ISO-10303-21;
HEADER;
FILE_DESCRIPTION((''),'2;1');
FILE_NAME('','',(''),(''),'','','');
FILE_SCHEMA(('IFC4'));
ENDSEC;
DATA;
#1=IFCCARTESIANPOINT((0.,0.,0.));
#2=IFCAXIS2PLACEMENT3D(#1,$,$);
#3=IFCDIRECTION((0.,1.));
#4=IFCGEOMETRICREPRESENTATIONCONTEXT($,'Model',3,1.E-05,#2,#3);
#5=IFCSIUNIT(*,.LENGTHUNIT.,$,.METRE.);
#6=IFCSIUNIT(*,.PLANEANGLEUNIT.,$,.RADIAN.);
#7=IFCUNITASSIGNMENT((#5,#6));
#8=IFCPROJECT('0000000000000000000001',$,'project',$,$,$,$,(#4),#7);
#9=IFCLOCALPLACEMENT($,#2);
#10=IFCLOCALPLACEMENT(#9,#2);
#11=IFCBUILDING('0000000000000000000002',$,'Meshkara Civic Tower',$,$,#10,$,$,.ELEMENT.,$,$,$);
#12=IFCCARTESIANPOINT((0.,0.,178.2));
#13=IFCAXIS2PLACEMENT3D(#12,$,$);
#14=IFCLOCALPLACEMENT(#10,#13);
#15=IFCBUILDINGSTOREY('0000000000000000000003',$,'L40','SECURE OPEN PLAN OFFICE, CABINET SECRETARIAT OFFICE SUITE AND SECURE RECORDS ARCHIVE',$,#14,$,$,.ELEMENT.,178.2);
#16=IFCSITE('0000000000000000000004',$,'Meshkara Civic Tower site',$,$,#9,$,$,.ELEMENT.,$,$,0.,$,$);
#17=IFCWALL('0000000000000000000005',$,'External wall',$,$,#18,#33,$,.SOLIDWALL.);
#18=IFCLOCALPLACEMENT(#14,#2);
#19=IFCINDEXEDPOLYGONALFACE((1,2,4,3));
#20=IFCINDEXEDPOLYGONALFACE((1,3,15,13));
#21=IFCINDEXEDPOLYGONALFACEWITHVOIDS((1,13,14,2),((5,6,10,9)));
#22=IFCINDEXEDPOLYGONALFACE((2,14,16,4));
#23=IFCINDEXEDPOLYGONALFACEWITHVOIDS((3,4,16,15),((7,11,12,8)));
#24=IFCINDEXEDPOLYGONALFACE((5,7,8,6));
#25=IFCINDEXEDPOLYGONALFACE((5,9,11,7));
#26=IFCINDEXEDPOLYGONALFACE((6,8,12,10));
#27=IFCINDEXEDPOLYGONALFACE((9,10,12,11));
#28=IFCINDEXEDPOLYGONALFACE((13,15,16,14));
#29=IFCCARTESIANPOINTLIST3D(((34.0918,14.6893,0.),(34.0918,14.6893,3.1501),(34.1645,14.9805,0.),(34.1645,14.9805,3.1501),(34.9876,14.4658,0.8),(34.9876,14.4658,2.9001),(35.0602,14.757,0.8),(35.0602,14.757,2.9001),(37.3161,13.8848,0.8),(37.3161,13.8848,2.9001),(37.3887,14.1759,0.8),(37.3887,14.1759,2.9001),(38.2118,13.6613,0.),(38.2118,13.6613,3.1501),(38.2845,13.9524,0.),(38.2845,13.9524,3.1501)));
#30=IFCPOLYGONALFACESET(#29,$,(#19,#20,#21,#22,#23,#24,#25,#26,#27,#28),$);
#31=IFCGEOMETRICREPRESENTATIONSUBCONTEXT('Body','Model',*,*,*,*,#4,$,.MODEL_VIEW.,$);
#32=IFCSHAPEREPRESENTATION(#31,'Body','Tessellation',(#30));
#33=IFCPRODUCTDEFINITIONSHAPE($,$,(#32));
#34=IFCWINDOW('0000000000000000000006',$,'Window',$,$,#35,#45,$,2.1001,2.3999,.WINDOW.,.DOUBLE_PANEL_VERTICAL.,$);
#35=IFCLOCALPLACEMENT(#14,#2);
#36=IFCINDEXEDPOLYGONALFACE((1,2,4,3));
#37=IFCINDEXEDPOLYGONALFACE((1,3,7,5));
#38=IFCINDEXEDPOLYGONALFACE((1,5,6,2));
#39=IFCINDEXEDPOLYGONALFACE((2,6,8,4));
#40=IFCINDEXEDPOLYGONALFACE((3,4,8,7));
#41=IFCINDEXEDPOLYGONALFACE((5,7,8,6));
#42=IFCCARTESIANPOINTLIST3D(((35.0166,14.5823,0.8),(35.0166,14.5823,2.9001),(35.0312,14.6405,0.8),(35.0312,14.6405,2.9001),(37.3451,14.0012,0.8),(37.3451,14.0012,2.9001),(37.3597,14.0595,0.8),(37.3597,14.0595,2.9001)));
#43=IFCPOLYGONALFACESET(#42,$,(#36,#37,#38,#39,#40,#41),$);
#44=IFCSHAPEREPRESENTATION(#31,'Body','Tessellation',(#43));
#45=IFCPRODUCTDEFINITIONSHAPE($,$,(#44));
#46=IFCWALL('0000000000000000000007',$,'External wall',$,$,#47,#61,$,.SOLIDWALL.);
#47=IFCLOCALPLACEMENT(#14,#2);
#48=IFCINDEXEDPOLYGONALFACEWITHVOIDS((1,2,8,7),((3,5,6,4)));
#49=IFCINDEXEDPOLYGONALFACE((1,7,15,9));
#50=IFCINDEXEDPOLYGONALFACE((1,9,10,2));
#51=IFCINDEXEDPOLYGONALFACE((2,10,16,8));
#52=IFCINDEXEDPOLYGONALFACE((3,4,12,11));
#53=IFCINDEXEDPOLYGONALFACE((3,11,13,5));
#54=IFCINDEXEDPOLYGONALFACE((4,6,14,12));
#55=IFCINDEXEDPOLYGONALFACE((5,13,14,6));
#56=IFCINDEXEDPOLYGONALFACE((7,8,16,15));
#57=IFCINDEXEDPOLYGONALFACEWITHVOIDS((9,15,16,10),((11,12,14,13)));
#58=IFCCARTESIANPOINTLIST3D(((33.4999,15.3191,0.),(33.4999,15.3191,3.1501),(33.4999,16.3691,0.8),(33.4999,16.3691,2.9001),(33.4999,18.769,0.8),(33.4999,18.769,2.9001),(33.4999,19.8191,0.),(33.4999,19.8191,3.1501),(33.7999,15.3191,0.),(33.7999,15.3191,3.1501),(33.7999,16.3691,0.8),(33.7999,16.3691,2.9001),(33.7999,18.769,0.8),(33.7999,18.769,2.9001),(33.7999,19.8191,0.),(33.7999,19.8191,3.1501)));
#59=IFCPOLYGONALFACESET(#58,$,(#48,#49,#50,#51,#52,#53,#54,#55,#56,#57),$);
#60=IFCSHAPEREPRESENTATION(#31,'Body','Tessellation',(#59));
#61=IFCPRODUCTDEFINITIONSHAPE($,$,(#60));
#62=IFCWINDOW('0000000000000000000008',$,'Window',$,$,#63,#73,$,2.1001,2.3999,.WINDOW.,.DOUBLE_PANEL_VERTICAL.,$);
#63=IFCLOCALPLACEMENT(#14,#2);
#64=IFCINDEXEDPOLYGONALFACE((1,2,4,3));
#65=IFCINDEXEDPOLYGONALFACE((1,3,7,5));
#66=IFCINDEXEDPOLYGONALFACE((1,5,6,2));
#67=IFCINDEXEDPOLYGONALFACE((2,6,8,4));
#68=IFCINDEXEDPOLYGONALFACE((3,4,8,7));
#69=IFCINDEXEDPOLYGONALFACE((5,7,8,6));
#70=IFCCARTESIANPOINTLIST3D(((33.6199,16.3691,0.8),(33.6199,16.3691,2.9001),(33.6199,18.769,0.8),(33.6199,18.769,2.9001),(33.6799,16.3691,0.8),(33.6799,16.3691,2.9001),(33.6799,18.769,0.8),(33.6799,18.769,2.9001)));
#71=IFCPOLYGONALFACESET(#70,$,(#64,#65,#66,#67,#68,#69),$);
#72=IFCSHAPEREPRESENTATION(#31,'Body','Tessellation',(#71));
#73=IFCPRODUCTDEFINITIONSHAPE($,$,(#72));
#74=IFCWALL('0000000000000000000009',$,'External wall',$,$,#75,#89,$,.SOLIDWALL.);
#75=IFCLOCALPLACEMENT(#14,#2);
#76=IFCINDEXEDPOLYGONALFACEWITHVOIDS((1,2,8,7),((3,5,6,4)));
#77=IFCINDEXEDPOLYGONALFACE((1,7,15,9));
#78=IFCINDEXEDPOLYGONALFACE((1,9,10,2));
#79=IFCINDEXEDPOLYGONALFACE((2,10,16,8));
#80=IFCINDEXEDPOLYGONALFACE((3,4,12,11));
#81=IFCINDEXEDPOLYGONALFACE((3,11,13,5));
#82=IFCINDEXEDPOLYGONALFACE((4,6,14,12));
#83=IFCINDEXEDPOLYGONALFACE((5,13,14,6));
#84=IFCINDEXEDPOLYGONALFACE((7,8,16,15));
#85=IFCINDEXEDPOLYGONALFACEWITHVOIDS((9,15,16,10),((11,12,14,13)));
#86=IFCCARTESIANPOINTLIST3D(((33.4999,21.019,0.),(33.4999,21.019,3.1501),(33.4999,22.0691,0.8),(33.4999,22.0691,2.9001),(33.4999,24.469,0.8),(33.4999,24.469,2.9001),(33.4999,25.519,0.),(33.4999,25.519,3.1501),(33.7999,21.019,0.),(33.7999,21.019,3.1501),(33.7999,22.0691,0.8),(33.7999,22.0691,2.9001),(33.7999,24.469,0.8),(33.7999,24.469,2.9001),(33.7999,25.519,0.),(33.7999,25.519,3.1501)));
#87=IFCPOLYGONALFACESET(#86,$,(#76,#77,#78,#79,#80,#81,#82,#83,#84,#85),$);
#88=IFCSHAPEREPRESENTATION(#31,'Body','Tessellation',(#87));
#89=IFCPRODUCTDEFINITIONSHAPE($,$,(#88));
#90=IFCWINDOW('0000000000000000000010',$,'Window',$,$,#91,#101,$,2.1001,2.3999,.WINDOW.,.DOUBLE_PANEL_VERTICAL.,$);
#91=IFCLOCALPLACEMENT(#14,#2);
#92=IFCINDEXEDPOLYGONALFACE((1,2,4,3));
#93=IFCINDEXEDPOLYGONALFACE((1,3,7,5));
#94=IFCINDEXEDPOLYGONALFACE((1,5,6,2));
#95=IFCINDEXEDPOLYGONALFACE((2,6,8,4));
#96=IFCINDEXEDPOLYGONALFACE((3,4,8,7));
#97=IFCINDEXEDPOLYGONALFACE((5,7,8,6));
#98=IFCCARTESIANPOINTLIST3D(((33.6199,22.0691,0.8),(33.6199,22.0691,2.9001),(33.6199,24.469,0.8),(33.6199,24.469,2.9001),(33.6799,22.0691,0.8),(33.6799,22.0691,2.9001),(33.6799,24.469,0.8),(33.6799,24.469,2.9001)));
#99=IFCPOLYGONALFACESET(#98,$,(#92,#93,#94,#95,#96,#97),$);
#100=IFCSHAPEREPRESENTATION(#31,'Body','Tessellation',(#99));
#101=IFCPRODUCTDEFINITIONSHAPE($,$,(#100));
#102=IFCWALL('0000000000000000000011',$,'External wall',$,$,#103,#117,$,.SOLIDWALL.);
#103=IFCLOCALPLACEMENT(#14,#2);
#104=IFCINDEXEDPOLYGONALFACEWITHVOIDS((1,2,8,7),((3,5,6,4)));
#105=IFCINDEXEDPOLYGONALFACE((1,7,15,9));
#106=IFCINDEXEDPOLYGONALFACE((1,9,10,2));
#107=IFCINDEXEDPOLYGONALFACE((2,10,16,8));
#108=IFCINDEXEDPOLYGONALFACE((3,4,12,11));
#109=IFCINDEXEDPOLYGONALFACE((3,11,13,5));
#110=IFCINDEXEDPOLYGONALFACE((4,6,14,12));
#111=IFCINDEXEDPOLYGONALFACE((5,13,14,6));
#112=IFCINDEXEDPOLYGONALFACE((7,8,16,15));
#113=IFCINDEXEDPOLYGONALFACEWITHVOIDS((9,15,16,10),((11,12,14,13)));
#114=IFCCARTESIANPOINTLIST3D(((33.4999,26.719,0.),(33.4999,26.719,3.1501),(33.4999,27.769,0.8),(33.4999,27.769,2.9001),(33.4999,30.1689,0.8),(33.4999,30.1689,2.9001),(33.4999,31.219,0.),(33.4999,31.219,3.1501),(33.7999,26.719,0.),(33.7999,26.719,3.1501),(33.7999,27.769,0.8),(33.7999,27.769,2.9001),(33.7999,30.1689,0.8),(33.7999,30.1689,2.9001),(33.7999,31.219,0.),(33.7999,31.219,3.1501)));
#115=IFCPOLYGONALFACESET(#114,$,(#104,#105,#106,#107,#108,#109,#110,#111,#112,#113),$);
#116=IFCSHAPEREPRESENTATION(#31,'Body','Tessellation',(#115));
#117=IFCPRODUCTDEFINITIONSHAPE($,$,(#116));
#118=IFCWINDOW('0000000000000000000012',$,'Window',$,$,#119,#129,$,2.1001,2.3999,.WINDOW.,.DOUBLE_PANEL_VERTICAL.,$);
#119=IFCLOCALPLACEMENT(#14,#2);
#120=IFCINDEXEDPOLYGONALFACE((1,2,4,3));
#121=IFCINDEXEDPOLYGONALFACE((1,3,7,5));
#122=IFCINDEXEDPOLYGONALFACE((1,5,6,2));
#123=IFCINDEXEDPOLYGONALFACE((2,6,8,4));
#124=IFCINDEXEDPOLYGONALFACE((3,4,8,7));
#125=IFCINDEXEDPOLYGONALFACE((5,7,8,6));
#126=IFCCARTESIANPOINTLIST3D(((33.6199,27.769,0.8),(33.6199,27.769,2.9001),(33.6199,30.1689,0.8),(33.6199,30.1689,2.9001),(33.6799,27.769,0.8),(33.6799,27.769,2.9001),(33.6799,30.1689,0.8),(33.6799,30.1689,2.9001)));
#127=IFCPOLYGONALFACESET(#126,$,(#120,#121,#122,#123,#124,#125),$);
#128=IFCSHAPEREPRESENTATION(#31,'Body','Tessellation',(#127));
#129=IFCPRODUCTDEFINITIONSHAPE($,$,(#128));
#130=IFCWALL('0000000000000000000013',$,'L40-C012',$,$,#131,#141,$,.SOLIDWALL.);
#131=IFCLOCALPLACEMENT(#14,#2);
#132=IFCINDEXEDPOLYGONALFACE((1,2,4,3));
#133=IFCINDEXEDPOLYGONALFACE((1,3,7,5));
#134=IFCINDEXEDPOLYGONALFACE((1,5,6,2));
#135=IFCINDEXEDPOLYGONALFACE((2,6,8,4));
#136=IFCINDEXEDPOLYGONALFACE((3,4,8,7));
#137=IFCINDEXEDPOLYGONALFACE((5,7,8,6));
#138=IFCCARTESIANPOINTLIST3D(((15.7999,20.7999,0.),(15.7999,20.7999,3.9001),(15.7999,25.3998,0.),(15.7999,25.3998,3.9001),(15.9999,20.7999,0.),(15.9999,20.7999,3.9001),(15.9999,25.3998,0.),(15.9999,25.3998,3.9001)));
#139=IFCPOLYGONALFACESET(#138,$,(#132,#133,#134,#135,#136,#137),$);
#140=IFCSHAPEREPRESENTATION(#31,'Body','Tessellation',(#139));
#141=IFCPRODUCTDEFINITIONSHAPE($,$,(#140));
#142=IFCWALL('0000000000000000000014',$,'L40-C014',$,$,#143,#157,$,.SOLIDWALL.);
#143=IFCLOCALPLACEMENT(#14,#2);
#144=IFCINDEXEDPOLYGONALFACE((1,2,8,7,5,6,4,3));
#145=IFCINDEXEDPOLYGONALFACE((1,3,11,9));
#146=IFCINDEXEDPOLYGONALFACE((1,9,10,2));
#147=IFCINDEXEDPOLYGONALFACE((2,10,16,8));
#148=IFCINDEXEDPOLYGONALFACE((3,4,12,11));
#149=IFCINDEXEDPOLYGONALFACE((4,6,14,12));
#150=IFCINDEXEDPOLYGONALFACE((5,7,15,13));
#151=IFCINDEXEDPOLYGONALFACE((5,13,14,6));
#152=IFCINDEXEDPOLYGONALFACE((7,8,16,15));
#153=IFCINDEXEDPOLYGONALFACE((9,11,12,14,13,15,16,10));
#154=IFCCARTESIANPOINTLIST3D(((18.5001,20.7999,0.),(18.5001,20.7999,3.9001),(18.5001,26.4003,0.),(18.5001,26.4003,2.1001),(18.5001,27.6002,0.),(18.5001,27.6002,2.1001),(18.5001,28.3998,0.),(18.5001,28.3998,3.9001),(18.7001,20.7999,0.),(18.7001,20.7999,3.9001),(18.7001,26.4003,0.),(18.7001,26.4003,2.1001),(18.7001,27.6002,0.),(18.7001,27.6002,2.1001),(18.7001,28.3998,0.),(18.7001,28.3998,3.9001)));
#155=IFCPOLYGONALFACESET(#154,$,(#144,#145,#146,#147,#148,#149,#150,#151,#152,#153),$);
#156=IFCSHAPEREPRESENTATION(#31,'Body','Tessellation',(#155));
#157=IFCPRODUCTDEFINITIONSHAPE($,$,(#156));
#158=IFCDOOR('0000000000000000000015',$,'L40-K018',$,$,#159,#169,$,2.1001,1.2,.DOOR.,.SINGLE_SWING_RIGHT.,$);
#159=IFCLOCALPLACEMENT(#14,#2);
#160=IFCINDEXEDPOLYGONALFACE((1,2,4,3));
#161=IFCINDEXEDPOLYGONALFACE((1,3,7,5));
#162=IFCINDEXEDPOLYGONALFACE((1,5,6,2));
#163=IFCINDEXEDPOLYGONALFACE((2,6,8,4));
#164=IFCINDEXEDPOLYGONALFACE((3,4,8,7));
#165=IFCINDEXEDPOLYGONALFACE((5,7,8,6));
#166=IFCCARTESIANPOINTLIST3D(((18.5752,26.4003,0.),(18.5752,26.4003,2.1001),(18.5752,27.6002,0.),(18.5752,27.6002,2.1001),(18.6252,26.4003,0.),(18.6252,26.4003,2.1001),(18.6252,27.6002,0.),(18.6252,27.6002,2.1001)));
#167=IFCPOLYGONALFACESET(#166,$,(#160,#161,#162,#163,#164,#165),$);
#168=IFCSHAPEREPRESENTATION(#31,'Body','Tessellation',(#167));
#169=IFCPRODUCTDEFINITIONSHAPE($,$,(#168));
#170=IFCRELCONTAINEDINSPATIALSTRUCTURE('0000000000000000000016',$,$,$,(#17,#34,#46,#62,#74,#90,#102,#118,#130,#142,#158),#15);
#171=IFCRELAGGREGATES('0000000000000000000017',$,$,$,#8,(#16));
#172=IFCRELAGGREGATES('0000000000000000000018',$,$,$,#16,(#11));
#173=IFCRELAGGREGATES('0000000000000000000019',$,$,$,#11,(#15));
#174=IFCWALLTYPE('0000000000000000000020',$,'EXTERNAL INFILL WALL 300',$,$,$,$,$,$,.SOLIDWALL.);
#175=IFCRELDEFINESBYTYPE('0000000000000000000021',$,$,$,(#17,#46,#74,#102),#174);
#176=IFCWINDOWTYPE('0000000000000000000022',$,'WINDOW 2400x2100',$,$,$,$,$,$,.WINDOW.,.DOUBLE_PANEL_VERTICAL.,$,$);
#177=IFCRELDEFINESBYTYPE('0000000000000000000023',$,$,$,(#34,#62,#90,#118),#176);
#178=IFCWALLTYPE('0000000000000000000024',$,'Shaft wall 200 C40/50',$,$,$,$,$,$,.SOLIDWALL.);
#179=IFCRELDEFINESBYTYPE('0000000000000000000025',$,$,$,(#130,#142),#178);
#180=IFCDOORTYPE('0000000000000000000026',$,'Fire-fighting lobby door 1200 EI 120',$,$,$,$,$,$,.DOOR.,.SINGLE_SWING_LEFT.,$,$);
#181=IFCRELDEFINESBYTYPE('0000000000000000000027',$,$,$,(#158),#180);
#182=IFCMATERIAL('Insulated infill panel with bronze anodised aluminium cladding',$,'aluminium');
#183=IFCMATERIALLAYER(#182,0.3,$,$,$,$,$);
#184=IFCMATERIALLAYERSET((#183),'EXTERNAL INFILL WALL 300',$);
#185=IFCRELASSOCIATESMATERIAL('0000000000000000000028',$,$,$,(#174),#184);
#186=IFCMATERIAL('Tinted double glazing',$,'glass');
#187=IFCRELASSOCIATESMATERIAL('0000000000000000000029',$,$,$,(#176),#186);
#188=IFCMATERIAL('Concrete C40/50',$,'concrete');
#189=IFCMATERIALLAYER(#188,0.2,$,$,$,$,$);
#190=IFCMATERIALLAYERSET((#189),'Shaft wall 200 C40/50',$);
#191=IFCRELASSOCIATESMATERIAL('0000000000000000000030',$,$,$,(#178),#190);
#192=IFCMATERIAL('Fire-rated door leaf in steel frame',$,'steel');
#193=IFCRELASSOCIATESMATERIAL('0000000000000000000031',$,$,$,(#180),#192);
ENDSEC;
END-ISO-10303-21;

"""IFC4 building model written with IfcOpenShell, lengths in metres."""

from ifc_helpers import new_model, si_unit, direction, frame, frame_2d, origin, place, context, subcontext, project, spatial, rectangle, extrude, material, layer, layer_set, type_object, element, fill, save


model = new_model("IFC4")

# Units and contexts
model_context = context("Model", 3, precision=1e-05, world=origin(), true_north=direction((0.0, 1.0)))
body_context = subcontext(model_context, "Body", "Model", "MODEL_VIEW")
ifc_project = project(units=[si_unit("LENGTHUNIT", "METRE"), si_unit("PLANEANGLEUNIT", "RADIAN")], contexts=[model_context])

# Site, building, storey
site_placement = place(None, origin())
site = spatial("IfcSite", under=ifc_project, at=site_placement, Name="Meshkara Civic Tower site", CompositionType="ELEMENT", RefElevation=0.0)
building_placement = place(site_placement, origin())
building = spatial("IfcBuilding", under=site, at=building_placement, Name="Meshkara Civic Tower", CompositionType="ELEMENT")
storey_placement = place(building_placement, frame((0.0, 0.0, 178.2)))
storey = spatial("IfcBuildingStorey", under=building, at=storey_placement, Name="L40", Description="SECURE OPEN PLAN OFFICE, CABINET SECRETARIAT OFFICE SUITE AND SECURE RECORDS ARCHIVE", CompositionType="ELEMENT", Elevation=178.2)

# Walls, openings, windows
ifc_material_1 = material(Name="Insulated infill panel with bronze anodised aluminium cladding", Category="aluminium")
ifc_layer_1 = layer(ifc_material_1, 0.3)
ifc_layer_set_1 = layer_set([ifc_layer_1], Name="EXTERNAL INFILL WALL 300")
wall_type_1 = type_object("IfcWallType", Name="EXTERNAL INFILL WALL 300", PredefinedType="SOLIDWALL", material=ifc_layer_set_1)
wall_1_placement = place(storey_placement, frame((38.248, 13.8069, 0.0), z_axis=(0.0, 0.0, 1.0), x_axis=(-0.970251, 0.242103, 0.0)))
wall_1 = element("IfcWall", 1, at=wall_1_placement, inside=storey, type_object=wall_type_1, Name="External wall", PredefinedType="SOLIDWALL", context=body_context, shape_type="SweptSolid", body=[
    extrude(rectangle(XDim=4.2463, YDim=0.3, at=frame_2d((2.123, 0.0))), origin(), (0.0, 0.0, 1.0), 3.1501),
])
opening_1_placement = place(wall_1_placement, frame((0.9231, 0.0, 0.8)))
opening_1 = element("IfcOpeningElement", 2, at=opening_1_placement, cuts=wall_1, PredefinedType="OPENING", context=body_context, shape_type="SweptSolid", body=[
    extrude(rectangle(XDim=2.3999, YDim=2.1001, at=frame_2d((1.2, 1.05))), frame((0.0, 0.1599, 0.0), z_axis=(0.0, -1.0, 0.0), x_axis=(1.0, 0.0, 0.0)), (0.0, 0.0, 1.0), 0.3201),
])
ifc_material_2 = material(Name="Tinted double glazing", Category="glass")
window_type = type_object("IfcWindowType", Name="WINDOW 2400x2100", PartitioningType="DOUBLE_PANEL_VERTICAL", PredefinedType="WINDOW", material=ifc_material_2)
window_1_placement = place(opening_1_placement, origin())
window_1 = element("IfcWindow", 3, at=window_1_placement, inside=storey, type_object=window_type, Name="Window", OverallHeight=2.1001, OverallWidth=2.3999, PartitioningType="DOUBLE_PANEL_VERTICAL", PredefinedType="WINDOW", context=body_context, shape_type="SweptSolid", body=[
    extrude(rectangle(XDim=2.3999, YDim=2.1001, at=frame_2d((1.2, 1.05))), frame((0.0, 0.03, 0.0), z_axis=(0.0, -1.0, 0.0), x_axis=(1.0, 0.0, 0.0)), (0.0, 0.0, 1.0), 0.0601),
])
fill(opening_1, window_1)
wall_2_placement = place(storey_placement, frame((33.6499, 15.3191, 0.0), z_axis=(0.0, 0.0, 1.0), x_axis=(0.0, 1.0, 0.0)))
wall_2 = element("IfcWall", 4, at=wall_2_placement, inside=storey, type_object=wall_type_1, Name="External wall", PredefinedType="SOLIDWALL", context=body_context, shape_type="SweptSolid", body=[
    extrude(rectangle(XDim=4.5, YDim=0.3, at=frame_2d((2.25, 0.0))), origin(), (0.0, 0.0, 1.0), 3.1501),
])
opening_2_placement = place(wall_2_placement, frame((1.05, 0.0, 0.8)))
opening_2 = element("IfcOpeningElement", 5, at=opening_2_placement, cuts=wall_2, PredefinedType="OPENING", context=body_context, shape_type="SweptSolid", body=[
    extrude(rectangle(XDim=2.3999, YDim=2.1001, at=frame_2d((1.2, 1.05))), frame((0.0, 0.1599, 0.0), z_axis=(0.0, -1.0, 0.0), x_axis=(1.0, 0.0, 0.0)), (0.0, 0.0, 1.0), 0.3201),
])
window_2_placement = place(opening_2_placement, origin())
window_2 = element("IfcWindow", 6, at=window_2_placement, inside=storey, type_object=window_type, Name="Window", OverallHeight=2.1001, OverallWidth=2.3999, PartitioningType="DOUBLE_PANEL_VERTICAL", PredefinedType="WINDOW", context=body_context, shape_type="SweptSolid", body=[
    extrude(rectangle(XDim=2.3999, YDim=2.1001, at=frame_2d((1.2, 1.05))), frame((0.0, 0.03, 0.0), z_axis=(0.0, -1.0, 0.0), x_axis=(1.0, 0.0, 0.0)), (0.0, 0.0, 1.0), 0.0601),
])
fill(opening_2, window_2)
wall_3_placement = place(storey_placement, frame((33.6499, 21.019, 0.0), z_axis=(0.0, 0.0, 1.0), x_axis=(0.0, 1.0, 0.0)))
wall_3 = element("IfcWall", 7, at=wall_3_placement, inside=storey, type_object=wall_type_1, Name="External wall", PredefinedType="SOLIDWALL", context=body_context, shape_type="SweptSolid", body=[
    extrude(rectangle(XDim=4.5, YDim=0.3, at=frame_2d((2.25, 0.0))), origin(), (0.0, 0.0, 1.0), 3.1501),
])
opening_3_placement = place(wall_3_placement, frame((1.05, 0.0, 0.8)))
opening_3 = element("IfcOpeningElement", 8, at=opening_3_placement, cuts=wall_3, PredefinedType="OPENING", context=body_context, shape_type="SweptSolid", body=[
    extrude(rectangle(XDim=2.3999, YDim=2.1001, at=frame_2d((1.2, 1.05))), frame((0.0, 0.1599, 0.0), z_axis=(0.0, -1.0, 0.0), x_axis=(1.0, 0.0, 0.0)), (0.0, 0.0, 1.0), 0.3201),
])
window_3_placement = place(opening_3_placement, origin())
window_3 = element("IfcWindow", 9, at=window_3_placement, inside=storey, type_object=window_type, Name="Window", OverallHeight=2.1001, OverallWidth=2.3999, PartitioningType="DOUBLE_PANEL_VERTICAL", PredefinedType="WINDOW", context=body_context, shape_type="SweptSolid", body=[
    extrude(rectangle(XDim=2.3999, YDim=2.1001, at=frame_2d((1.2, 1.05))), frame((0.0, 0.03, 0.0), z_axis=(0.0, -1.0, 0.0), x_axis=(1.0, 0.0, 0.0)), (0.0, 0.0, 1.0), 0.0601),
])
fill(opening_3, window_3)
wall_4_placement = place(storey_placement, frame((33.6499, 26.719, 0.0), z_axis=(0.0, 0.0, 1.0), x_axis=(0.0, 1.0, 0.0)))
wall_4 = element("IfcWall", 10, at=wall_4_placement, inside=storey, type_object=wall_type_1, Name="External wall", PredefinedType="SOLIDWALL", context=body_context, shape_type="SweptSolid", body=[
    extrude(rectangle(XDim=4.5, YDim=0.3, at=frame_2d((2.25, 0.0))), origin(), (0.0, 0.0, 1.0), 3.1501),
])
opening_4_placement = place(wall_4_placement, frame((1.05, 0.0, 0.8)))
opening_4 = element("IfcOpeningElement", 11, at=opening_4_placement, cuts=wall_4, PredefinedType="OPENING", context=body_context, shape_type="SweptSolid", body=[
    extrude(rectangle(XDim=2.3999, YDim=2.1001, at=frame_2d((1.2, 1.05))), frame((0.0, 0.1599, 0.0), z_axis=(0.0, -1.0, 0.0), x_axis=(1.0, 0.0, 0.0)), (0.0, 0.0, 1.0), 0.3201),
])
window_4_placement = place(opening_4_placement, origin())
window_4 = element("IfcWindow", 12, at=window_4_placement, inside=storey, type_object=window_type, Name="Window", OverallHeight=2.1001, OverallWidth=2.3999, PartitioningType="DOUBLE_PANEL_VERTICAL", PredefinedType="WINDOW", context=body_context, shape_type="SweptSolid", body=[
    extrude(rectangle(XDim=2.3999, YDim=2.1001, at=frame_2d((1.2, 1.05))), frame((0.0, 0.03, 0.0), z_axis=(0.0, -1.0, 0.0), x_axis=(1.0, 0.0, 0.0)), (0.0, 0.0, 1.0), 0.0601),
])
fill(opening_4, window_4)

# Wall
ifc_material_3 = material(Name="Concrete C40/50", Category="concrete")
ifc_layer_2 = layer(ifc_material_3, 0.2)
ifc_layer_set_2 = layer_set([ifc_layer_2], Name="Shaft wall 200 C40/50")
wall_type_2 = type_object("IfcWallType", Name="Shaft wall 200 C40/50", PredefinedType="SOLIDWALL", material=ifc_layer_set_2)
wall_5_placement = place(storey_placement, frame((15.8999, 20.8, 0.0), z_axis=(0.0, 0.0, 1.0), x_axis=(0.0, 1.0, 0.0)))
element("IfcWall", 13, at=wall_5_placement, inside=storey, type_object=wall_type_2, Name="L40-C012", PredefinedType="SOLIDWALL", context=body_context, shape_type="SweptSolid", body=[
    extrude(rectangle(XDim=4.5999, YDim=0.2, at=frame_2d((2.2998, 0.0))), origin(), (0.0, 0.0, 1.0), 3.9001),
])

# Wall, opening, door
wall_6_placement = place(storey_placement, frame((18.6001, 20.8, 0.0), z_axis=(0.0, 0.0, 1.0), x_axis=(0.0, 1.0, 0.0)))
wall_6 = element("IfcWall", 14, at=wall_6_placement, inside=storey, type_object=wall_type_2, Name="L40-C014", PredefinedType="SOLIDWALL", context=body_context, shape_type="SweptSolid", body=[
    extrude(rectangle(XDim=7.5999, YDim=0.2, at=frame_2d((3.7998, 0.0))), origin(), (0.0, 0.0, 1.0), 3.9001),
])
opening_5_placement = place(wall_6_placement, frame((5.6001, 0.0, 0.0)))
opening_5 = element("IfcOpeningElement", 15, at=opening_5_placement, cuts=wall_6, PredefinedType="OPENING", context=body_context, shape_type="SweptSolid", body=[
    extrude(rectangle(XDim=1.2, YDim=2.1001, at=frame_2d((0.6001, 1.05))), frame((0.0, 0.1099, 0.0), z_axis=(0.0, -1.0, 0.0), x_axis=(1.0, 0.0, 0.0)), (0.0, 0.0, 1.0), 0.22),
])
ifc_material_4 = material(Name="Fire-rated door leaf in steel frame", Category="steel")
door_type_1 = type_object("IfcDoorType", Name="Fire-fighting lobby door 1200 EI 120", OperationType="SINGLE_SWING_LEFT", PredefinedType="DOOR", material=ifc_material_4)
door_1_placement = place(opening_5_placement, origin())
door_1 = element("IfcDoor", 16, at=door_1_placement, inside=storey, type_object=door_type_1, Name="L40-K018", OperationType="SINGLE_SWING_RIGHT", OverallHeight=2.1001, OverallWidth=1.2, PredefinedType="DOOR", context=body_context, shape_type="SweptSolid", body=[
    extrude(rectangle(XDim=1.2, YDim=2.1001, at=frame_2d((0.6001, 1.05))), frame((0.0, 0.0249, 0.0), z_axis=(0.0, -1.0, 0.0), x_axis=(1.0, 0.0, 0.0)), (0.0, 0.0, 1.0), 0.05),
])
fill(opening_5, door_1)

save(model, "model.ifc")
